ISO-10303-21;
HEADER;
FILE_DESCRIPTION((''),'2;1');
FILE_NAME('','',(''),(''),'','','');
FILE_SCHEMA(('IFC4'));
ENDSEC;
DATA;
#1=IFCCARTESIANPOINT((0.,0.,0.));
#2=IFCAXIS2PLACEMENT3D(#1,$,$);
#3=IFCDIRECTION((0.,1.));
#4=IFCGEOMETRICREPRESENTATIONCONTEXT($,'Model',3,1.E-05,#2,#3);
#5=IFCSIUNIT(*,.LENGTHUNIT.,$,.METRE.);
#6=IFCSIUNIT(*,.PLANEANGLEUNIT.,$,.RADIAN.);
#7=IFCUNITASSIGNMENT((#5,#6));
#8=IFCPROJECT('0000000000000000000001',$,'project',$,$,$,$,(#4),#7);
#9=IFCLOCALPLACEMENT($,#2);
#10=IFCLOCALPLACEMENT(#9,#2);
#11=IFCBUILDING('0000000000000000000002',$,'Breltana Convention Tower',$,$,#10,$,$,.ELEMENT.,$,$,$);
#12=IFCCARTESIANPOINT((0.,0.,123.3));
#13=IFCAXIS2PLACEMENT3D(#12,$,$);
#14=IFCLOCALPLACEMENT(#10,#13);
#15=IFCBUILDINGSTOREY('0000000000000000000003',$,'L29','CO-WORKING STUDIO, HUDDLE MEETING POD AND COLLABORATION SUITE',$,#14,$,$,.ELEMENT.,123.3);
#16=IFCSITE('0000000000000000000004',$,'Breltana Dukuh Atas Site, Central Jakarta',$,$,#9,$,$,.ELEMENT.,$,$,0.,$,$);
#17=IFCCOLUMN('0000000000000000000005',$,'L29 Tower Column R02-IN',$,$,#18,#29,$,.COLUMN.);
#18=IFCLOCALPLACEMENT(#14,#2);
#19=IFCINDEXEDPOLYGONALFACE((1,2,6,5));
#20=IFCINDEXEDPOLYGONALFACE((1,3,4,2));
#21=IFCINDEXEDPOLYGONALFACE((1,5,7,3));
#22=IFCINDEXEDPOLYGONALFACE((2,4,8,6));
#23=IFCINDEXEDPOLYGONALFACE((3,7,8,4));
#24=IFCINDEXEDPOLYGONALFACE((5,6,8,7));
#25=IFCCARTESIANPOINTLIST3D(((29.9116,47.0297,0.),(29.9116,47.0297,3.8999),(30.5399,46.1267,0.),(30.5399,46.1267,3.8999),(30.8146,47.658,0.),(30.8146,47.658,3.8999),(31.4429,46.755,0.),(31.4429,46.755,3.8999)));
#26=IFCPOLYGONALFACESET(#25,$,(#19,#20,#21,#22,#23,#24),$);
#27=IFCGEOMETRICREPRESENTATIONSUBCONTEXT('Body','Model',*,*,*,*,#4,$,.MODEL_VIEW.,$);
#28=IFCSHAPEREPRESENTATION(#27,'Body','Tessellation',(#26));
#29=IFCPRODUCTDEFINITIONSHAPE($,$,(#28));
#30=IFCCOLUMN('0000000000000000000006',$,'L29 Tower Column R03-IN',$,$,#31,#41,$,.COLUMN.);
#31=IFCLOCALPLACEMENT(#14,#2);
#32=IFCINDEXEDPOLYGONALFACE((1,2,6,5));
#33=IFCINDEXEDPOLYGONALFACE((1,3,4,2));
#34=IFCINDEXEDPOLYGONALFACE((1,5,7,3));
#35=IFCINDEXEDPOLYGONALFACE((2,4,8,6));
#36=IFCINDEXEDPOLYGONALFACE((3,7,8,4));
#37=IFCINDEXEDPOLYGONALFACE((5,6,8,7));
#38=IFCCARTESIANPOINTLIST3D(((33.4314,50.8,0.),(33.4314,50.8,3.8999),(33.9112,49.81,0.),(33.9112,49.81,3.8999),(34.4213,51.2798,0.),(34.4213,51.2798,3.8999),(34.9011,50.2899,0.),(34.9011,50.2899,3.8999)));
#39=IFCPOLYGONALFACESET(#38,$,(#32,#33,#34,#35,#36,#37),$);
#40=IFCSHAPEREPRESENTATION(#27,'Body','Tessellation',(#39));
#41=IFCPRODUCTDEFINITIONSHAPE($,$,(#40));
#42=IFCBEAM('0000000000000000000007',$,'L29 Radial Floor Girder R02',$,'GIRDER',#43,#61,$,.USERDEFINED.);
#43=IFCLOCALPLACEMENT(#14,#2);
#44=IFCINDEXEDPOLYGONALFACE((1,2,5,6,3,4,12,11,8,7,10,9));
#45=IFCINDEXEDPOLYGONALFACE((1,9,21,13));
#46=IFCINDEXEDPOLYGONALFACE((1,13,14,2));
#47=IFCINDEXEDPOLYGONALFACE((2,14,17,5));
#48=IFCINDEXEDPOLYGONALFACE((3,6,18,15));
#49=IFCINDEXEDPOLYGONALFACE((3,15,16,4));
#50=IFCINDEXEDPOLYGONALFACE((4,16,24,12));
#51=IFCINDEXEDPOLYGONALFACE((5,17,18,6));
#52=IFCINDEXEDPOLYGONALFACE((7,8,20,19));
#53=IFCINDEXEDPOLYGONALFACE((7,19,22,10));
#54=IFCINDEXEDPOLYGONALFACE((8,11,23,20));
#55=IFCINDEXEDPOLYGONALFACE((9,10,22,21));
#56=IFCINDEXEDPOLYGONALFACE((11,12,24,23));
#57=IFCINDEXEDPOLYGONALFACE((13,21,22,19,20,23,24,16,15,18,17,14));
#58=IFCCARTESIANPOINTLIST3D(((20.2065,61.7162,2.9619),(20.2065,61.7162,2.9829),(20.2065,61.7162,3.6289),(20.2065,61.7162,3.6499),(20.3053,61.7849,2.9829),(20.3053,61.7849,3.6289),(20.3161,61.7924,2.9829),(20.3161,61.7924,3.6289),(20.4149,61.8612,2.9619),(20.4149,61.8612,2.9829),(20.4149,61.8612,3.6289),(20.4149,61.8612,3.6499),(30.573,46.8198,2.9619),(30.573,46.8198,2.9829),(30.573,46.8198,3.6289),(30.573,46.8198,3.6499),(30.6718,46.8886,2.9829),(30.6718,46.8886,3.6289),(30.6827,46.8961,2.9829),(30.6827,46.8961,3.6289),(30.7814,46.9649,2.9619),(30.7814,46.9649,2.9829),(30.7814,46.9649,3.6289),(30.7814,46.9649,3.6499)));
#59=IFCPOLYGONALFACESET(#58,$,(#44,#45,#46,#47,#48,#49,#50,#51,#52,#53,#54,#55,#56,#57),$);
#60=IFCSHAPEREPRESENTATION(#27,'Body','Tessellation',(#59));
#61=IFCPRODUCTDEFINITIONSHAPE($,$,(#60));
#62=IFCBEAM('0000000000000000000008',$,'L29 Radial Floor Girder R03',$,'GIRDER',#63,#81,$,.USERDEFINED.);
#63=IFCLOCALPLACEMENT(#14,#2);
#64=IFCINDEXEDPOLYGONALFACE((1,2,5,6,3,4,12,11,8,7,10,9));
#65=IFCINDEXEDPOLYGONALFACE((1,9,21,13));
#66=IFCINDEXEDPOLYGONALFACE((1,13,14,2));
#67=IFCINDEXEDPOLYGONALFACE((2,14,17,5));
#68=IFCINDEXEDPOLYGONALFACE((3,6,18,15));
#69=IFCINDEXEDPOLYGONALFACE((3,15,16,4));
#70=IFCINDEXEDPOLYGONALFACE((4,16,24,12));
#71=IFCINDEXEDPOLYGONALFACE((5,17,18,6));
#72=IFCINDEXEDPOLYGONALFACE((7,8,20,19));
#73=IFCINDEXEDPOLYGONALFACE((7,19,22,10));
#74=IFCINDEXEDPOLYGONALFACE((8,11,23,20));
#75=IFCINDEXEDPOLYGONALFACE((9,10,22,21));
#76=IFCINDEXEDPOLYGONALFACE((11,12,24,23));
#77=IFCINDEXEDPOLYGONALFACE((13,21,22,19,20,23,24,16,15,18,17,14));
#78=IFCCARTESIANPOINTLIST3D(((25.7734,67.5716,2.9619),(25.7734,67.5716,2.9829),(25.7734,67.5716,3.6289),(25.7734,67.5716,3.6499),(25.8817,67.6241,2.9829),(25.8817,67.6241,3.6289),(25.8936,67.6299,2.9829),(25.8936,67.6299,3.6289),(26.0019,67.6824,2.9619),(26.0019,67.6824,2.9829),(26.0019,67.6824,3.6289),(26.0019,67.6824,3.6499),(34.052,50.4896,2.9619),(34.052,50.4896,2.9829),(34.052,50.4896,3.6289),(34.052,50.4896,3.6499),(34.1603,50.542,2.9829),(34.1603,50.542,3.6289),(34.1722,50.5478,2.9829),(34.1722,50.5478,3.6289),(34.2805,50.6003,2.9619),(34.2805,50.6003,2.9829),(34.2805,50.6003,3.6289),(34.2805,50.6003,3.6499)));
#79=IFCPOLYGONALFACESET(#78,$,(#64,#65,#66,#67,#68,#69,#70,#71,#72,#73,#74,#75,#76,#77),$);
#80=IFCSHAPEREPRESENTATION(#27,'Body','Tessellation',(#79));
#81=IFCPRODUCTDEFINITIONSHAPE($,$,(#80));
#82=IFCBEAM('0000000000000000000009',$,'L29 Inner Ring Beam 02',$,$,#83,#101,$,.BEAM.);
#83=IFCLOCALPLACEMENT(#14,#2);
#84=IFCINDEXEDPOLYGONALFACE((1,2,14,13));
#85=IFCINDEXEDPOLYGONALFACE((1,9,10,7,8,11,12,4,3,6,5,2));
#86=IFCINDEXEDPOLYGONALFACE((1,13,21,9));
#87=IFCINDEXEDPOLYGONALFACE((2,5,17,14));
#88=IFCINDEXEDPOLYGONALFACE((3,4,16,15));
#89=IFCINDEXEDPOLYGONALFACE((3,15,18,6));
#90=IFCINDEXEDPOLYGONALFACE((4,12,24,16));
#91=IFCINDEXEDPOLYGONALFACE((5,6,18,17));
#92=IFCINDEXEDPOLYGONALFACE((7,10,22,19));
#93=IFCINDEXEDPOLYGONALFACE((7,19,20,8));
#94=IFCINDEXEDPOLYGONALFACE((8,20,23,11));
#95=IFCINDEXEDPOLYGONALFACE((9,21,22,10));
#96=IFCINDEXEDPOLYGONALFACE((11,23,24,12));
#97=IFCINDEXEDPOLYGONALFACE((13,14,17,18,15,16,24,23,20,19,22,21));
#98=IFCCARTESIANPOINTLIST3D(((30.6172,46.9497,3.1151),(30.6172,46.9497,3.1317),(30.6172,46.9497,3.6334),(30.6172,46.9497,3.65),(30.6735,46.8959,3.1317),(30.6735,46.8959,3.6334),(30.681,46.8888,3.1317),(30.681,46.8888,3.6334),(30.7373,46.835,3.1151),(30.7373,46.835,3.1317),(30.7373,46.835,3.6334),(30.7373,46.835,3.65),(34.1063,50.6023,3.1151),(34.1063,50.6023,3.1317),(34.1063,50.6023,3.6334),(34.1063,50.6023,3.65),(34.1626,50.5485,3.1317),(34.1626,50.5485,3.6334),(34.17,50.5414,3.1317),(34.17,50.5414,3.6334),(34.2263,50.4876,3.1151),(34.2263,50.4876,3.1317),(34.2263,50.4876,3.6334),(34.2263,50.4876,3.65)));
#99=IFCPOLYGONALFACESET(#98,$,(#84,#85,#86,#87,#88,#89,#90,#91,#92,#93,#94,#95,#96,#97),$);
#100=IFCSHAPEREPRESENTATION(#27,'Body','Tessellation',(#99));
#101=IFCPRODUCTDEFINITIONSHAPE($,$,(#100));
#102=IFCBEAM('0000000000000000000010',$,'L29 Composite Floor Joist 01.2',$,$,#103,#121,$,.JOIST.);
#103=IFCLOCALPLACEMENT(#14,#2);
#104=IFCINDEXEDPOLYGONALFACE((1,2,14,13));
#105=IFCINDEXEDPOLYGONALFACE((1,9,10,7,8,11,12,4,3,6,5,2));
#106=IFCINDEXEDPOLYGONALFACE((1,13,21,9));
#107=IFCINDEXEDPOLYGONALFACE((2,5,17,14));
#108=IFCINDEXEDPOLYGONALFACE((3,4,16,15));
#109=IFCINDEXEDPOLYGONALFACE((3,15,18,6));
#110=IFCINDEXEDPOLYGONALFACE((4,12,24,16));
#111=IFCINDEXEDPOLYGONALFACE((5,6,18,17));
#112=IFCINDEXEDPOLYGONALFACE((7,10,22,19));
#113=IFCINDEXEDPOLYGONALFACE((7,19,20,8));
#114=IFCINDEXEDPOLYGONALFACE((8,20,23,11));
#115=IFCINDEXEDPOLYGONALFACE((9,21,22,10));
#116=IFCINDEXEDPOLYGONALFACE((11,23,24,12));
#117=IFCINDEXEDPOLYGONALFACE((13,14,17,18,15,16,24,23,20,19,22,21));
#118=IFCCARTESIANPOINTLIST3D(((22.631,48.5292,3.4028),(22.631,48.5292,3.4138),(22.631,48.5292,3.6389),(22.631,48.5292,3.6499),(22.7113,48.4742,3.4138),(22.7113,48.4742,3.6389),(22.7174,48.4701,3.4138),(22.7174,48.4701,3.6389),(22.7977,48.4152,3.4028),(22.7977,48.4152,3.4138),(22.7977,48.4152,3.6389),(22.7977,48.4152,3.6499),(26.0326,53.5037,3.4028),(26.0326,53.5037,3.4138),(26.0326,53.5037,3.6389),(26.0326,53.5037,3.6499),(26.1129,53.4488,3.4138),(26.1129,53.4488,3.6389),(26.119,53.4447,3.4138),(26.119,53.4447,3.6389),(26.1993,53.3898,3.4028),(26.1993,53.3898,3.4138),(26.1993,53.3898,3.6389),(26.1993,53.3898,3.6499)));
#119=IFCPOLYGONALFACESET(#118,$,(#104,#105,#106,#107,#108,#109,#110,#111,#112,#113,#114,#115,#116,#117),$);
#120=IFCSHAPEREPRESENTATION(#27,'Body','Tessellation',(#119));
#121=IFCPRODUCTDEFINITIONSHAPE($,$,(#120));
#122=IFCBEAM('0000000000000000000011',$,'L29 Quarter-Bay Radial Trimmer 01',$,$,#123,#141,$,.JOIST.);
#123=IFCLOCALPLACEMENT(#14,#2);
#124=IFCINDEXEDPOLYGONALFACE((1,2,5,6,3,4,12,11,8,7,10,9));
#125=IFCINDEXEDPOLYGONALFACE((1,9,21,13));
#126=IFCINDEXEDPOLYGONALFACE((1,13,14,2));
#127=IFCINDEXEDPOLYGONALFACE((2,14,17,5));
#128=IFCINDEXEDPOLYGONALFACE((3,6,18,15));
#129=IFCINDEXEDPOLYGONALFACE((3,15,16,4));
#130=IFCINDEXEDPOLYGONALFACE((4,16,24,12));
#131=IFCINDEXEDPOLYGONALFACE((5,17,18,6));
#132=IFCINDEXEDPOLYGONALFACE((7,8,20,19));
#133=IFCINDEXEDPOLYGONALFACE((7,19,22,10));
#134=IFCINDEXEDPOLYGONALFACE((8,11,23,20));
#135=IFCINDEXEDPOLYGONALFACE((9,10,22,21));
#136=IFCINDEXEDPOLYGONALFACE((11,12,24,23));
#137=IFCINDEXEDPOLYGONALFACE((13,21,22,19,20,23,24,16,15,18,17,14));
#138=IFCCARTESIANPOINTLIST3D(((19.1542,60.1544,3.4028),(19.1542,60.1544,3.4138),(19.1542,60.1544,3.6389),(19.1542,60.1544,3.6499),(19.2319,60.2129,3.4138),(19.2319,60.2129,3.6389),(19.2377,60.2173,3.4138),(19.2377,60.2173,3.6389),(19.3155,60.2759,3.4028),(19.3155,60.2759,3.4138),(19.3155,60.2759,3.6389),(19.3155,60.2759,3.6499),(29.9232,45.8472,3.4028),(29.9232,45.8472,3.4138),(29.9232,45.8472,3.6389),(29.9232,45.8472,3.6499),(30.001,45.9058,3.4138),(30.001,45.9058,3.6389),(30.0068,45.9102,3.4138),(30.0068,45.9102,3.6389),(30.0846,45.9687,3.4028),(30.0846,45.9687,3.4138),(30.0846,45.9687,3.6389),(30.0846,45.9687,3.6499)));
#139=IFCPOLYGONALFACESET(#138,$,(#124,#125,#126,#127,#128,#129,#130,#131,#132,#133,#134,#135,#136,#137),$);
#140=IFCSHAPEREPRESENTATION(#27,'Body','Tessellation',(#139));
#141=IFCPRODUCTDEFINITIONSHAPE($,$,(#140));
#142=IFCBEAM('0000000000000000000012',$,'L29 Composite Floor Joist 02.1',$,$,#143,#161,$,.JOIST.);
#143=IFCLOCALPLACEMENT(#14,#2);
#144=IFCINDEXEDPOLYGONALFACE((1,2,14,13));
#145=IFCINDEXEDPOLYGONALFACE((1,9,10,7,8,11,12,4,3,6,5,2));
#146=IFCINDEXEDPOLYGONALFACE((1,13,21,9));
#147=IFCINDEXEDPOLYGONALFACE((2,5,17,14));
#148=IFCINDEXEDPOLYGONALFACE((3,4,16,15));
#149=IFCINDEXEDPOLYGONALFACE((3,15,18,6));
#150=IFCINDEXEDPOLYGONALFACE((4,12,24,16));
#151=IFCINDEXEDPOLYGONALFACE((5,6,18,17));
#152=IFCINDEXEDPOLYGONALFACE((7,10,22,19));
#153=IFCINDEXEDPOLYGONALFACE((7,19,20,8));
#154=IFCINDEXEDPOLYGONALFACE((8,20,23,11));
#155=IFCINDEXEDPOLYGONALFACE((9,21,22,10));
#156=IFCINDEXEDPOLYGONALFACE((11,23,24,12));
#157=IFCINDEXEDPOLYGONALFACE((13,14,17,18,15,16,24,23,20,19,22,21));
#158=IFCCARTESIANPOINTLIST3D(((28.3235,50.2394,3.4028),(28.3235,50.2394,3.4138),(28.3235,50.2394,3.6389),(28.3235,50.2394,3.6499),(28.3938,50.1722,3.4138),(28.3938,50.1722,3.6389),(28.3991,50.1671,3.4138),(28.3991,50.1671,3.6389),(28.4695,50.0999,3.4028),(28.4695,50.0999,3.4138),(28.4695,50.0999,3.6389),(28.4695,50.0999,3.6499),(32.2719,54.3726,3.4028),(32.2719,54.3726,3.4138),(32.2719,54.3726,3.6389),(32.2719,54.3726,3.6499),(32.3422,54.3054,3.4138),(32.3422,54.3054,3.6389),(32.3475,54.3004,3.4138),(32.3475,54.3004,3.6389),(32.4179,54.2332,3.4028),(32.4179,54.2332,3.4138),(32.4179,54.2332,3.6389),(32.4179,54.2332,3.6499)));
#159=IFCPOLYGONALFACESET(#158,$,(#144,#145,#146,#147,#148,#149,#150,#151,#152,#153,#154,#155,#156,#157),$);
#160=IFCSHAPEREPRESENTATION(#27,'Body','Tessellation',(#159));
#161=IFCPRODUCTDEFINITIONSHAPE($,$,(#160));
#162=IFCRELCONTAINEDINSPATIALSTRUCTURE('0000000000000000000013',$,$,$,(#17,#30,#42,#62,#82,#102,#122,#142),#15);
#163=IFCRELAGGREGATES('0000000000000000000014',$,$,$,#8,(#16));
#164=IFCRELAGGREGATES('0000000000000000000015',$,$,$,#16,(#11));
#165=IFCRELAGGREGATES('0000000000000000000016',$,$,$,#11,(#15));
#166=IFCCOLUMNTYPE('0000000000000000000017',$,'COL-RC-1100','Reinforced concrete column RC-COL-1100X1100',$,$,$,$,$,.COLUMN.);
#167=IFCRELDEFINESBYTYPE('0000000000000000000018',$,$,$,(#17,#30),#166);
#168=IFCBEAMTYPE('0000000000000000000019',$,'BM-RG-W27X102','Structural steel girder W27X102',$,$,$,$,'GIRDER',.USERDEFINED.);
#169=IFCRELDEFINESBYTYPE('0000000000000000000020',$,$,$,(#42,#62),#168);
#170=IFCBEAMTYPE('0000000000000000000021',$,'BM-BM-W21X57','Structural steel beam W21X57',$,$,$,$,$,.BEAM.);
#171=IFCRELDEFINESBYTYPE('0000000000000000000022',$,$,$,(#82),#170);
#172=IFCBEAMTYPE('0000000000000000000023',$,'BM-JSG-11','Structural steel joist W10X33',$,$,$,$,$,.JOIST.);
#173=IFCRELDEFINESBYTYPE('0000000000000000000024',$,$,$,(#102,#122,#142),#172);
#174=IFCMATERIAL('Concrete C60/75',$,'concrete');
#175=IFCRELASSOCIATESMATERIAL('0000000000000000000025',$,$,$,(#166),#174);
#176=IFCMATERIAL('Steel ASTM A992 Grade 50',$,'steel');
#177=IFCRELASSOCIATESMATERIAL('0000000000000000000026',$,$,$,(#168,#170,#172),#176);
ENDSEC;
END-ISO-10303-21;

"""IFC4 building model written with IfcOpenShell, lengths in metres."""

from ifc_helpers import new_model, si_unit, direction, frame, origin, origin_2d, place, context, subcontext, project, spatial, rectangle, i_section, extrude, source, transform, mapped, material, material_profile, profile_set, type_object, element, save


model = new_model("IFC4")

# Units and contexts
model_context = context("Model", 3, precision=1e-05, world=origin(), true_north=direction((0.0, 1.0)))
body_context = subcontext(model_context, "Body", "Model", "MODEL_VIEW")
ifc_project = project(units=[si_unit("LENGTHUNIT", "METRE"), si_unit("PLANEANGLEUNIT", "RADIAN")], contexts=[model_context])

# Site, building, storey
site_placement = place(None, origin())
site = spatial("IfcSite", under=ifc_project, at=site_placement, Name="Breltana Dukuh Atas Site, Central Jakarta", CompositionType="ELEMENT", RefElevation=0.0)
building_placement = place(site_placement, origin())
building = spatial("IfcBuilding", under=site, at=building_placement, Name="Breltana Convention Tower", CompositionType="ELEMENT")
storey_placement = place(building_placement, frame((0.0, 0.0, 123.3)))
storey = spatial("IfcBuildingStorey", under=building, at=storey_placement, Name="L29", Description="CO-WORKING STUDIO, HUDDLE MEETING POD AND COLLABORATION SUITE", CompositionType="ELEMENT", Elevation=123.3)

# Columns
ifc_material_1 = material(Name="Concrete C60/75", Category="concrete")
ifc_material_profile_1 = material_profile(ifc_material_1, rectangle(XDim=1.1001, YDim=1.1001, at=origin_2d()), Name="RC-COL-1100X1100")
ifc_profile_set_1 = profile_set([ifc_material_profile_1], Name="Concrete C60/75")
column_type = type_object("IfcColumnType", Name="COL-RC-1100", Description="Reinforced concrete column RC-COL-1100X1100", PredefinedType="COLUMN", material=ifc_profile_set_1)
shared_shape_1 = source(origin(), body_context, "Body", "SweptSolid", [
    extrude(rectangle(XDim=1.1001, YDim=1.1001, at=origin_2d()), origin(), (0.0, 0.0, 1.0), 3.8999),
])
for number, where, z_axis, x_axis, name in (
    (1, (30.6772, 46.8923, 0.0), (0.0, 0.0, 1.0), (-0.571143, 0.82085, 0.0), "L29 Tower Column R02-IN"),
    (2, (34.1663, 50.5449, 0.0), (0.0, 0.0, 1.0), (-0.436174, 0.899863, 0.0), "L29 Tower Column R03-IN"),
):
    element("IfcColumn", number, at=place(storey_placement, frame(where, z_axis=z_axis, x_axis=x_axis)), inside=storey, type_object=column_type, Name=name, PredefinedType="COLUMN", context=body_context, shape_type="MappedRepresentation", body=[
        mapped(shared_shape_1, transform((0.0, 0.0, 0.0), scale=1.0)),
    ])

# Beams
ifc_material_2 = material(Name="Steel ASTM A992 Grade 50", Category="steel")
ifc_material_profile_2 = material_profile(ifc_material_2, i_section(OverallWidth=0.2539, OverallDepth=0.688, WebThickness=0.0132, FlangeThickness=0.021, at=origin_2d()), Name="W27X102")
ifc_profile_set_2 = profile_set([ifc_material_profile_2], Name="Steel ASTM A992 Grade 50")
beam_type_1 = type_object("IfcBeamType", Name="BM-RG-W27X102", Description="Structural steel girder W27X102", ElementType="GIRDER", PredefinedType="USERDEFINED", material=ifc_profile_set_2)
shared_shape_2 = source(origin(), body_context, "Body", "SweptSolid", [
    extrude(i_section(OverallWidth=0.2539, OverallDepth=0.688, WebThickness=0.0132, FlangeThickness=0.021, at=origin_2d()), origin(), (0.0, 0.0, 1.0), 18.1484),
])
beam_1_placement = place(storey_placement, frame((30.6772, 46.8923, 3.3059), z_axis=(-0.571208, 0.820806, 0.0), x_axis=(-0.820806, -0.571208, 0.0)))
element("IfcBeam", 3, at=beam_1_placement, inside=storey, type_object=beam_type_1, Name="L29 Radial Floor Girder R02", ObjectType="GIRDER", PredefinedType="USERDEFINED", context=body_context, shape_type="MappedRepresentation", body=[
    mapped(shared_shape_2, transform((0.0, 0.0, 0.0), scale=1.0)),
])
shared_shape_3 = source(origin(), body_context, "Body", "SweptSolid", [
    extrude(i_section(OverallWidth=0.2539, OverallDepth=0.688, WebThickness=0.0132, FlangeThickness=0.021, at=origin_2d()), origin(), (0.0, 0.0, 1.0), 18.9824),
])
beam_2_placement = place(storey_placement, frame((34.1663, 50.5449, 3.3059), z_axis=(-0.436119, 0.899889, 0.0), x_axis=(-0.899889, -0.436119, 0.0)))
element("IfcBeam", 4, at=beam_2_placement, inside=storey, type_object=beam_type_1, Name="L29 Radial Floor Girder R03", ObjectType="GIRDER", PredefinedType="USERDEFINED", context=body_context, shape_type="MappedRepresentation", body=[
    mapped(shared_shape_3, transform((0.0, 0.0, 0.0), scale=1.0)),
])
ifc_material_profile_3 = material_profile(ifc_material_2, i_section(OverallWidth=0.166, OverallDepth=0.5349, WebThickness=0.0103, FlangeThickness=0.0166, at=origin_2d()), Name="W21X57")
ifc_profile_set_3 = profile_set([ifc_material_profile_3], Name="Steel ASTM A992 Grade 50")
beam_type_2 = type_object("IfcBeamType", Name="BM-BM-W21X57", Description="Structural steel beam W21X57", PredefinedType="BEAM", material=ifc_profile_set_3)
shared_shape_4 = source(origin(), body_context, "Body", "SweptSolid", [
    extrude(i_section(OverallWidth=0.166, OverallDepth=0.5349, WebThickness=0.0103, FlangeThickness=0.0166, at=origin_2d()), origin(), (0.0, 0.0, 1.0), 5.0513),
])
beam_3_placement = place(storey_placement, frame((30.6772, 46.8923, 3.3826), z_axis=(0.69073, 0.723113, 0.0), x_axis=(-0.723113, 0.69073, 0.0)))
element("IfcBeam", 5, at=beam_3_placement, inside=storey, type_object=beam_type_2, Name="L29 Inner Ring Beam 02", PredefinedType="BEAM", context=body_context, shape_type="MappedRepresentation", body=[
    mapped(shared_shape_4, transform((0.0, 0.0, 0.0), scale=1.0)),
])
ifc_material_profile_4 = material_profile(ifc_material_2, i_section(OverallWidth=0.2019, OverallDepth=0.2471, WebThickness=0.0073, FlangeThickness=0.011, at=origin_2d()), Name="W10X33")
ifc_profile_set_4 = profile_set([ifc_material_profile_4], Name="Steel ASTM A992 Grade 50")
beam_type_3 = type_object("IfcBeamType", Name="BM-JSG-11", Description="Structural steel joist W10X33", PredefinedType="JOIST", material=ifc_profile_set_4)
shared_shape_5 = source(origin(), body_context, "Body", "SweptSolid", [
    extrude(i_section(OverallWidth=0.2019, OverallDepth=0.2471, WebThickness=0.0073, FlangeThickness=0.011, at=origin_2d()), origin(), (0.0, 0.0, 1.0), 6.0264),
])
beam_4_placement = place(storey_placement, frame((22.7144, 48.4722, 3.5264), z_axis=(0.56445, 0.825467, 0.0), x_axis=(-0.825467, 0.56445, 0.0)))
element("IfcBeam", 6, at=beam_4_placement, inside=storey, type_object=beam_type_3, Name="L29 Composite Floor Joist 01.2", PredefinedType="JOIST", context=body_context, shape_type="MappedRepresentation", body=[
    mapped(shared_shape_5, transform((0.0, 0.0, 0.0), scale=1.0)),
])
shared_shape_6 = source(origin(), body_context, "Body", "SweptSolid", [
    extrude(i_section(OverallWidth=0.2019, OverallDepth=0.2471, WebThickness=0.0073, FlangeThickness=0.011, at=origin_2d()), origin(), (0.0, 0.0, 1.0), 17.9072),
])
beam_5_placement = place(storey_placement, frame((30.0039, 45.908, 3.5264), z_axis=(-0.601382, 0.798962, 0.0), x_axis=(-0.798962, -0.601382, 0.0)))
element("IfcBeam", 7, at=beam_5_placement, inside=storey, type_object=beam_type_3, Name="L29 Quarter-Bay Radial Trimmer 01", PredefinedType="JOIST", context=body_context, shape_type="MappedRepresentation", body=[
    mapped(shared_shape_6, transform((0.0, 0.0, 0.0), scale=1.0)),
])
shared_shape_7 = source(origin(), body_context, "Body", "SweptSolid", [
    extrude(i_section(OverallWidth=0.2019, OverallDepth=0.2471, WebThickness=0.0073, FlangeThickness=0.011, at=origin_2d()), origin(), (0.0, 0.0, 1.0), 5.7161),
])
beam_6_placement = place(storey_placement, frame((28.3965, 50.1697, 3.5264), z_axis=(0.690756, 0.723088, 0.0), x_axis=(-0.723088, 0.690756, 0.0)))
element("IfcBeam", 8, at=beam_6_placement, inside=storey, type_object=beam_type_3, Name="L29 Composite Floor Joist 02.1", PredefinedType="JOIST", context=body_context, shape_type="MappedRepresentation", body=[
    mapped(shared_shape_7, transform((0.0, 0.0, 0.0), scale=1.0)),
])

save(model, "model.ifc")
